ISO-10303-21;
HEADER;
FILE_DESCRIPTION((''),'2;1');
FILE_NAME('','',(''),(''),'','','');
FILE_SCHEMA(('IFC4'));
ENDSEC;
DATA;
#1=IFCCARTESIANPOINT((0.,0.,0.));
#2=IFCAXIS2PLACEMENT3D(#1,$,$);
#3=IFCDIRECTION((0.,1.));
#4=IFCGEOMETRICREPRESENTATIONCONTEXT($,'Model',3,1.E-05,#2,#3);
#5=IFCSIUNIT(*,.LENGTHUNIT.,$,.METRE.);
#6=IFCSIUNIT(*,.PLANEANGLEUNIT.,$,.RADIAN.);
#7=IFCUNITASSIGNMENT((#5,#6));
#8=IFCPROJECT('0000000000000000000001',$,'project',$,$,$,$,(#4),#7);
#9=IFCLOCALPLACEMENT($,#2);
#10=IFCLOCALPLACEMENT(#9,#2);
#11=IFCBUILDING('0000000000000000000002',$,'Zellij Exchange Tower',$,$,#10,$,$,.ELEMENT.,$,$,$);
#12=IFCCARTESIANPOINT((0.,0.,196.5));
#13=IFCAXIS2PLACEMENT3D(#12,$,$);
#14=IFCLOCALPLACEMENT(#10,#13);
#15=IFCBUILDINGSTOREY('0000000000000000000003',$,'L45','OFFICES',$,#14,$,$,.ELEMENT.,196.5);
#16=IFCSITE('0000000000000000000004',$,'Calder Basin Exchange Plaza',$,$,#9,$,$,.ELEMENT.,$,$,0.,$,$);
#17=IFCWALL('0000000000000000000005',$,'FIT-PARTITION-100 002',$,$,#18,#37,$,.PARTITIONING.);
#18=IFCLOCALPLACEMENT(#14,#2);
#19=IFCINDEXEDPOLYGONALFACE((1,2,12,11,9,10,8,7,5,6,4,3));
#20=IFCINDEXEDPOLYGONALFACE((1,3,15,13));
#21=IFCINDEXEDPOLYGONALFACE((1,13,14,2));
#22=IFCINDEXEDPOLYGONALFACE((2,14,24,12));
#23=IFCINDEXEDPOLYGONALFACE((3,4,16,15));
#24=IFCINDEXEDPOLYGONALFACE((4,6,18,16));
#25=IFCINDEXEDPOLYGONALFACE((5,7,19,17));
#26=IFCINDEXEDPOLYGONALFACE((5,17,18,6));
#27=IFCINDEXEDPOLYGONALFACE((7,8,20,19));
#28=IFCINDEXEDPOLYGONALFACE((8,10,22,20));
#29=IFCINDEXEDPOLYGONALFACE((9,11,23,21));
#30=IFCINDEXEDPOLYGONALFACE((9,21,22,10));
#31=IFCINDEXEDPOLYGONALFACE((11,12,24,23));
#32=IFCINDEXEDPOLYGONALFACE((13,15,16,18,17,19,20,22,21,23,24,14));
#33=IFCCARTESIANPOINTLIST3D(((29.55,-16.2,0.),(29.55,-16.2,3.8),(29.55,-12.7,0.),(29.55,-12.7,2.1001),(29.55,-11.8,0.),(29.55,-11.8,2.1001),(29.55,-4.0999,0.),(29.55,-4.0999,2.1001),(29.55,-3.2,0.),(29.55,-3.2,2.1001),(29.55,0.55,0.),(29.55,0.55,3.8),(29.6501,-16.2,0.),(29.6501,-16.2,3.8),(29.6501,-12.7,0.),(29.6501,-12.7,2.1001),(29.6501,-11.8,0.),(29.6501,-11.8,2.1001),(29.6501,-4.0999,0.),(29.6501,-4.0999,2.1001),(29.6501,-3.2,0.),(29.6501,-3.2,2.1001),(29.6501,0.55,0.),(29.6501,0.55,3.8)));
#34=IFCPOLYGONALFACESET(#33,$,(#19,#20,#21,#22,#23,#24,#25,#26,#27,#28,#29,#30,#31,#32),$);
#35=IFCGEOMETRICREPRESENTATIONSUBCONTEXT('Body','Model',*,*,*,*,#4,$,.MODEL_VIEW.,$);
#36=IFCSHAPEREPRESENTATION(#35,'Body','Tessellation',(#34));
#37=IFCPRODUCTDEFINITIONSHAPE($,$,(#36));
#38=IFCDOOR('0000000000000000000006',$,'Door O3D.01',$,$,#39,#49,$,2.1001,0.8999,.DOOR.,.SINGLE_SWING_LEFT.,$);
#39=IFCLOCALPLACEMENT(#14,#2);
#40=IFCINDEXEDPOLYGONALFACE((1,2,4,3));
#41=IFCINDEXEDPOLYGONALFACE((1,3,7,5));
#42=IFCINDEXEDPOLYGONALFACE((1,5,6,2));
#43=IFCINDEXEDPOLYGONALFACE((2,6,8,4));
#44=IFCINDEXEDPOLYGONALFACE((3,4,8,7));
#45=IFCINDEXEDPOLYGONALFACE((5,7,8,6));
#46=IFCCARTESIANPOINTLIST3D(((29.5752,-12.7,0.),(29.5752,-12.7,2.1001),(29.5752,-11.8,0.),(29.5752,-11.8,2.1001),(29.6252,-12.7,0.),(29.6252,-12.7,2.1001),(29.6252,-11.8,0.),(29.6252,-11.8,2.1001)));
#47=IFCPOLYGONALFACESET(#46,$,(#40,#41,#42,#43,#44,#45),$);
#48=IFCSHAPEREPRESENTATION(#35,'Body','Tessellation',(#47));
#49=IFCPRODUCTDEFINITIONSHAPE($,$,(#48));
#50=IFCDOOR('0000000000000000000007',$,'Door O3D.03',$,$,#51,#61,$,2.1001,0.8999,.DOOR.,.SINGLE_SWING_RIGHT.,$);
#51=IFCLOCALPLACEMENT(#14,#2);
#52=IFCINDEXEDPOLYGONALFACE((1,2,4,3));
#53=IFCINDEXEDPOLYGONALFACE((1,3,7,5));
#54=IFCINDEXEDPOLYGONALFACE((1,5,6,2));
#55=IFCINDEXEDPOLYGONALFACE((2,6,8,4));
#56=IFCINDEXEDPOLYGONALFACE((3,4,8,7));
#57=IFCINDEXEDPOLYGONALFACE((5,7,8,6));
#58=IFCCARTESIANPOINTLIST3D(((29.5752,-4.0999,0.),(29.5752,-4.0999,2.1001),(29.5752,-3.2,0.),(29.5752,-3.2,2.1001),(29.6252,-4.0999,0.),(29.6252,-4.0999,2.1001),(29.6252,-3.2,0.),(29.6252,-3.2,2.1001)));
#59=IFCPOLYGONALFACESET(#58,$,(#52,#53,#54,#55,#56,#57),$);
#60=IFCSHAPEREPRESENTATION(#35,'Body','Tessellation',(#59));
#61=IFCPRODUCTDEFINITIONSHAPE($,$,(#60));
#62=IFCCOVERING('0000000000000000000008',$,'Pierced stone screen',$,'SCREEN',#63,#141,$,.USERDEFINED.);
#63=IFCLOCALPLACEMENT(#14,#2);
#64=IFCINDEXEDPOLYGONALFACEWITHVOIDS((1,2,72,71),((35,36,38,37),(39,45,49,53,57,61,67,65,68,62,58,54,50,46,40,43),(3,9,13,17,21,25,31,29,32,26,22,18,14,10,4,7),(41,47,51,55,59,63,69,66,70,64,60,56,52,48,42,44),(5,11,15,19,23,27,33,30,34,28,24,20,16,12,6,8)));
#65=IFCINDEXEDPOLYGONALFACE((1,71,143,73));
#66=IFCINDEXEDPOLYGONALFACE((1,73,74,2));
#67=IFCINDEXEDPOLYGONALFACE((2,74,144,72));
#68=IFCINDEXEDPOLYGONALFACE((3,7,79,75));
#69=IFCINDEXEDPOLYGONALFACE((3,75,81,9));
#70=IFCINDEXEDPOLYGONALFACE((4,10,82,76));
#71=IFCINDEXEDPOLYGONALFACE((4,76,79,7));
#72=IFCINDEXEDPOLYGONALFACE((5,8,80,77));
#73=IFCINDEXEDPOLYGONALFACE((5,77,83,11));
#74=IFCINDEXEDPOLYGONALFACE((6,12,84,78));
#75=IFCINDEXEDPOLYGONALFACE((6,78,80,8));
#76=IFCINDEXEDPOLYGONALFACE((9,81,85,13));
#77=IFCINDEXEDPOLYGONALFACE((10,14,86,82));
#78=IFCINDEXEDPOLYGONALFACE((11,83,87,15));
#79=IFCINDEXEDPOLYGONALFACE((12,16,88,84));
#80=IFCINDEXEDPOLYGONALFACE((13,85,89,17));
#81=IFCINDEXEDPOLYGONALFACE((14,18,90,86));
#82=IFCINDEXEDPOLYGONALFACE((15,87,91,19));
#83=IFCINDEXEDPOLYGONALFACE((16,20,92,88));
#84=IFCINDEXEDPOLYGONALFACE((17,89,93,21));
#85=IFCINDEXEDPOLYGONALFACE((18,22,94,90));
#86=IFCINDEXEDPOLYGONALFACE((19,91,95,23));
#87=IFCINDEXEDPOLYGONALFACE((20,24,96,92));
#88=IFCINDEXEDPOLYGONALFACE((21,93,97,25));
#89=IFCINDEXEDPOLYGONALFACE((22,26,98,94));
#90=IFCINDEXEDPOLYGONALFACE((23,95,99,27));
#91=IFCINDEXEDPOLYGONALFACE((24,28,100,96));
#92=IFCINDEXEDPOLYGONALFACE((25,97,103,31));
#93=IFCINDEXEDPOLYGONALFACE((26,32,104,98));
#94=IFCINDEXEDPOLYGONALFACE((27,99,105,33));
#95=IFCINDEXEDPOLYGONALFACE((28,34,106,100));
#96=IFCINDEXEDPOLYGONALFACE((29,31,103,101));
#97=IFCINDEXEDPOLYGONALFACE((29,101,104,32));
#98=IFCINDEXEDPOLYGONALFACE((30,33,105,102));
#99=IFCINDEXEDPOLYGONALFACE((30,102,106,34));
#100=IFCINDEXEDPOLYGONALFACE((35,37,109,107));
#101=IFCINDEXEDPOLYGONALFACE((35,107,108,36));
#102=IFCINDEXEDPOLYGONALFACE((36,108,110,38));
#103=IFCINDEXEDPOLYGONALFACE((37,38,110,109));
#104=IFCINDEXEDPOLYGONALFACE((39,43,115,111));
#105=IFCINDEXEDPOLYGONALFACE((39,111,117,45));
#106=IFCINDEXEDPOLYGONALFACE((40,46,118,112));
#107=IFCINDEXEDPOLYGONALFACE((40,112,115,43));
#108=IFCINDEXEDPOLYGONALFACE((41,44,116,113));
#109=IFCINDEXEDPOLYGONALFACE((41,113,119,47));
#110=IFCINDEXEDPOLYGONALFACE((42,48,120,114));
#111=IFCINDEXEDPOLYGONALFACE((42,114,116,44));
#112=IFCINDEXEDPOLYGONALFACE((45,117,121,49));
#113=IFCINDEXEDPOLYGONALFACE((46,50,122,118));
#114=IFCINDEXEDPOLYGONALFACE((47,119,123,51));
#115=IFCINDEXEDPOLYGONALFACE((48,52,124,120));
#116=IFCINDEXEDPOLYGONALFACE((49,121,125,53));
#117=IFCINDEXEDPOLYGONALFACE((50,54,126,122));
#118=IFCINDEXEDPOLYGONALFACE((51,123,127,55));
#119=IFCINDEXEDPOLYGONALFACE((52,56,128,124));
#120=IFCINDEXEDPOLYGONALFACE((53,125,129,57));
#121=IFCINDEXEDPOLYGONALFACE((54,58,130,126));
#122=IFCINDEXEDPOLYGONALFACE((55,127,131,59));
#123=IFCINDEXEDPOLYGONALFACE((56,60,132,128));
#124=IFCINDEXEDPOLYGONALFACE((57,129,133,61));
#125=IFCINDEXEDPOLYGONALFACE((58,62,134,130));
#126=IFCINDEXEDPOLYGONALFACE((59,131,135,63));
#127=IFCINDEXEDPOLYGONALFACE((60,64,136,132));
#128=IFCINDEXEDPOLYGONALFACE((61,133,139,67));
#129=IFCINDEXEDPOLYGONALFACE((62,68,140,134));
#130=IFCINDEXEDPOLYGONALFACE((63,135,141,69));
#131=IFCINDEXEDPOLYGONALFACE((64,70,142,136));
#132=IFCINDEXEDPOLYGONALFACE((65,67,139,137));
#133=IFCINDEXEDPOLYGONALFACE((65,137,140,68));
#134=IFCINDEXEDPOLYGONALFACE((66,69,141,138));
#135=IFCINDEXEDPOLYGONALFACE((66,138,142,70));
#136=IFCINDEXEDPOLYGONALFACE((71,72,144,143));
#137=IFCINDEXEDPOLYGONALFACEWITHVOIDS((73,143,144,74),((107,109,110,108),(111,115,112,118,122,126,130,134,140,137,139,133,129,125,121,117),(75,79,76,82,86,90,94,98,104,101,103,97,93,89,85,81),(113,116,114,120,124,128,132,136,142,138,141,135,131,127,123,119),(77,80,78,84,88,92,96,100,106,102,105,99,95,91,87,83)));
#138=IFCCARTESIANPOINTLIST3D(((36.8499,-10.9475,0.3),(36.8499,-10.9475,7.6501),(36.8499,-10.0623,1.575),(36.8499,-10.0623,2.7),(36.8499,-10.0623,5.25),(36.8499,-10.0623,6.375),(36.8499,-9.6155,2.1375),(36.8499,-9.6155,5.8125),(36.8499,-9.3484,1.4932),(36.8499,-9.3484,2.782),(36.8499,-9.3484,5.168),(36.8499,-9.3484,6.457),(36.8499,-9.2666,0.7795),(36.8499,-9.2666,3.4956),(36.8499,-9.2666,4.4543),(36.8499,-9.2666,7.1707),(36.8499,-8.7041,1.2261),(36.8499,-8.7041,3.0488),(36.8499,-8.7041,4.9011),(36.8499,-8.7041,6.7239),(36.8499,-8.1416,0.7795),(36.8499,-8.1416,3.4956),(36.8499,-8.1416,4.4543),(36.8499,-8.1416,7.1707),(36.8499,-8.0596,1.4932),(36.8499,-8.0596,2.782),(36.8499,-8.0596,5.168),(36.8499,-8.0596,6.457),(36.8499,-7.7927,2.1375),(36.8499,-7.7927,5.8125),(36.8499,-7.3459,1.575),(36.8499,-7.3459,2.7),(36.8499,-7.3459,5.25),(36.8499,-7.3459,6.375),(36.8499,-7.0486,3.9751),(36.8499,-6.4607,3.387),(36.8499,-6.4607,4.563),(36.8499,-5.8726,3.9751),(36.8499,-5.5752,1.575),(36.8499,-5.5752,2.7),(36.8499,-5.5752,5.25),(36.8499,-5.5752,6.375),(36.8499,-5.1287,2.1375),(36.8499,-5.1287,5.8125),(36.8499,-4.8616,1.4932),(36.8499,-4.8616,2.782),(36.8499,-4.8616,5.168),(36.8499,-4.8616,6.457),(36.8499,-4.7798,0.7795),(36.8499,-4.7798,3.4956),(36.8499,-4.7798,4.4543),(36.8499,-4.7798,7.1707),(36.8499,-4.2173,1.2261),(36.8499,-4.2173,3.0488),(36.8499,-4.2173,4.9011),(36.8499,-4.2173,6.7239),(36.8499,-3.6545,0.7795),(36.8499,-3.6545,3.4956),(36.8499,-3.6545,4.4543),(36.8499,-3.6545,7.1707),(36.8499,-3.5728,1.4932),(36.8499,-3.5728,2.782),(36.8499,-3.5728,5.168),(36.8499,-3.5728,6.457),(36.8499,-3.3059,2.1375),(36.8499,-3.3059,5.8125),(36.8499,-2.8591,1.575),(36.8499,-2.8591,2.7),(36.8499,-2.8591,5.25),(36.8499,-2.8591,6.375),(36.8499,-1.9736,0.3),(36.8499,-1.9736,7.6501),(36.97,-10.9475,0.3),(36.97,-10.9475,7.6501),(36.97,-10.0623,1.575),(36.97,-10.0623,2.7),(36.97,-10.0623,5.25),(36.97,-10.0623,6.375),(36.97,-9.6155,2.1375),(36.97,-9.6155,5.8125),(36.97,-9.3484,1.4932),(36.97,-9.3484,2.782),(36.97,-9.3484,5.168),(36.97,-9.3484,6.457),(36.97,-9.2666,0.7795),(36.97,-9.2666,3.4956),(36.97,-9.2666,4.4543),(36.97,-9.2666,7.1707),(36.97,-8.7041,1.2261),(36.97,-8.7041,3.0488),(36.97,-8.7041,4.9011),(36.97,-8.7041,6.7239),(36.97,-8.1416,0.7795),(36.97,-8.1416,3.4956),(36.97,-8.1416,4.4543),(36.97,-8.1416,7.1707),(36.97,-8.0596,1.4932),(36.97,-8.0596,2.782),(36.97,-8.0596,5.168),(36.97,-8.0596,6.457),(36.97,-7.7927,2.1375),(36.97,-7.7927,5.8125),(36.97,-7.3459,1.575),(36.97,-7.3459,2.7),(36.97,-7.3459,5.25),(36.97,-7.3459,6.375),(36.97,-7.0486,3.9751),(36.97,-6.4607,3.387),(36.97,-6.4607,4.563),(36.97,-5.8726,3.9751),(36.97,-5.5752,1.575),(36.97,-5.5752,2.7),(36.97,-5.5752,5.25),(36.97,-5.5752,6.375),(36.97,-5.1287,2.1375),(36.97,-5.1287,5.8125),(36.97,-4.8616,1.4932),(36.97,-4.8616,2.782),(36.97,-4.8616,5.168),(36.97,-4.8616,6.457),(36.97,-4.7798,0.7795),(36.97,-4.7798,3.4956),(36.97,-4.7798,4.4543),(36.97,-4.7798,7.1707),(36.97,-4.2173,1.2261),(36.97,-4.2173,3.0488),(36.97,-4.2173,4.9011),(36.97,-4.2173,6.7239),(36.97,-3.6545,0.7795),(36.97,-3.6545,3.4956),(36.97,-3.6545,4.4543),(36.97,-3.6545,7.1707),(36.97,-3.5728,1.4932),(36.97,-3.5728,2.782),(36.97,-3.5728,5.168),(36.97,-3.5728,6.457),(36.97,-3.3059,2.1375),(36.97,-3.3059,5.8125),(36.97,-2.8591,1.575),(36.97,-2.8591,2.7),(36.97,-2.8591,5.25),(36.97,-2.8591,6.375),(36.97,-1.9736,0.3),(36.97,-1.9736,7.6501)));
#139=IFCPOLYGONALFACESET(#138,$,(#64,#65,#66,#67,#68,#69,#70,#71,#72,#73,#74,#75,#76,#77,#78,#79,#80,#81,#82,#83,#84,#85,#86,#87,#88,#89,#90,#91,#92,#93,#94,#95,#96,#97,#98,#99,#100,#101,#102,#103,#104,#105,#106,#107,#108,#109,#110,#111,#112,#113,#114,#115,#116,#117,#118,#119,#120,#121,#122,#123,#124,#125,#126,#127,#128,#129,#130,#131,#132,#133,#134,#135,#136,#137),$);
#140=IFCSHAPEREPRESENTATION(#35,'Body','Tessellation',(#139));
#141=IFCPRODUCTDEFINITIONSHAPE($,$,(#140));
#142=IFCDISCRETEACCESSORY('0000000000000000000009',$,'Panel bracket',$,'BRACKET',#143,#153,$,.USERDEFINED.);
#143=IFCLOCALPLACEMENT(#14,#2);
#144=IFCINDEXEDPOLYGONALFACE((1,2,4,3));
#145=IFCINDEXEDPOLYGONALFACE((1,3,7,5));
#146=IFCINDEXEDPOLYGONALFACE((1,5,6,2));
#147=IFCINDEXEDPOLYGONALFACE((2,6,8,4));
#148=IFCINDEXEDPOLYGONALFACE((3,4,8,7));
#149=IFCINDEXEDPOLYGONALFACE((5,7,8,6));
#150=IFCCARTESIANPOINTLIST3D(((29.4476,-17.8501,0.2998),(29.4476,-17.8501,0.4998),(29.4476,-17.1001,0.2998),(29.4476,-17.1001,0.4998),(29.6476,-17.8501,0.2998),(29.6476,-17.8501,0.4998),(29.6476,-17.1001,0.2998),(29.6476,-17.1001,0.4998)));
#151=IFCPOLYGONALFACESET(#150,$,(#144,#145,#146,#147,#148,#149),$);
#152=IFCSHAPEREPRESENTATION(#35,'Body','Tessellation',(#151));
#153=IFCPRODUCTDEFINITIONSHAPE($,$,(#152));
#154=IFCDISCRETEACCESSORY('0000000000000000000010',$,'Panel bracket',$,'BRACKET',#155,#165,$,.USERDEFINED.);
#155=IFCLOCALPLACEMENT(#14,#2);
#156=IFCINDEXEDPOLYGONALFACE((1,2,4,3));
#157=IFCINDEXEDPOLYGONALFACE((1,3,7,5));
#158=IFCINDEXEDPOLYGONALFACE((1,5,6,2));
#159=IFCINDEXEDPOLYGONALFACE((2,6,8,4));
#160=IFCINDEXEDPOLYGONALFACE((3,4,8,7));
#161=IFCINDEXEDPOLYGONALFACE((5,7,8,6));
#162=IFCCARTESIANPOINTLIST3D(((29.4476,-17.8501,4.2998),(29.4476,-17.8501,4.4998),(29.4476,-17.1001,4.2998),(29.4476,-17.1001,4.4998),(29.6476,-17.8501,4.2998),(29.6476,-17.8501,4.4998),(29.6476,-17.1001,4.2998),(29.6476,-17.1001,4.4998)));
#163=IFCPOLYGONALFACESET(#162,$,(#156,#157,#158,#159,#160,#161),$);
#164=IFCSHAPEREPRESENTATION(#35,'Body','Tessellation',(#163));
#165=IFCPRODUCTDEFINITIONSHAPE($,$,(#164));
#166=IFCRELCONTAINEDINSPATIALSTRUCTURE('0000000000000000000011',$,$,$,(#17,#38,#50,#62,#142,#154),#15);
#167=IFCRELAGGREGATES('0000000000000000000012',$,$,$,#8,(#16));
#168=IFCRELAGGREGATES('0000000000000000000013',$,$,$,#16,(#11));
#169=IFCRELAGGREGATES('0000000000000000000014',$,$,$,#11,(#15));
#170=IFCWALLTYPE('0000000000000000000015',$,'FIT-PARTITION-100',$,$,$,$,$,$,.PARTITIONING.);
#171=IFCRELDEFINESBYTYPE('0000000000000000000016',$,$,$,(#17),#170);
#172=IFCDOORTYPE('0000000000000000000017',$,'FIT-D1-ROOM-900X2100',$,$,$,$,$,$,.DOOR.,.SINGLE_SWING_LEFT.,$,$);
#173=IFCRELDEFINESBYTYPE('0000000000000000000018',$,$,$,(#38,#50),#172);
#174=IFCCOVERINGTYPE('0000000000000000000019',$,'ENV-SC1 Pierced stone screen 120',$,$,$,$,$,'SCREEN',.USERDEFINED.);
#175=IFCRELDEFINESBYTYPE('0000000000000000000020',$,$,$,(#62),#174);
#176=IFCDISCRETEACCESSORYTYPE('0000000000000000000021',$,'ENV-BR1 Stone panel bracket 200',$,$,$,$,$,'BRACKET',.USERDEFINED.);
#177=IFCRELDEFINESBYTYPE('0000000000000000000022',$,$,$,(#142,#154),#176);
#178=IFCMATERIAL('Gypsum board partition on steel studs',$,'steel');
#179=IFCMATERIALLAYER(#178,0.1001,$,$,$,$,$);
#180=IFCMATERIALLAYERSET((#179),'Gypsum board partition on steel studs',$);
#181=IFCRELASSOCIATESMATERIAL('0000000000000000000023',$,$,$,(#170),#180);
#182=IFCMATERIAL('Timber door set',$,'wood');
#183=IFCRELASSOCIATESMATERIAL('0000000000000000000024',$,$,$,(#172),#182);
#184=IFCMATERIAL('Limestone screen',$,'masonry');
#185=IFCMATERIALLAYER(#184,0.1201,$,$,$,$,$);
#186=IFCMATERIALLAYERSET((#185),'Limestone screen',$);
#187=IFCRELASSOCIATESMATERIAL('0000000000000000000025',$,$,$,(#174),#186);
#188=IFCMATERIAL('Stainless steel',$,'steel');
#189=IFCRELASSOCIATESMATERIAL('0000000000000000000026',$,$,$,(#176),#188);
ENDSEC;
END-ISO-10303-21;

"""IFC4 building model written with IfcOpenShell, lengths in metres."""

from ifc_helpers import new_model, si_unit, direction, frame, frame_2d, origin, origin_2d, place, context, subcontext, project, spatial, polyline, rectangle, outline, extrude, material, layer, layer_set, type_object, element, fill, save


model = new_model("IFC4")

# Units and contexts
model_context = context("Model", 3, precision=1e-05, world=origin(), true_north=direction((0.0, 1.0)))
body_context = subcontext(model_context, "Body", "Model", "MODEL_VIEW")
ifc_project = project(units=[si_unit("LENGTHUNIT", "METRE"), si_unit("PLANEANGLEUNIT", "RADIAN")], contexts=[model_context])

# Site, building, storey
site_placement = place(None, origin())
site = spatial("IfcSite", under=ifc_project, at=site_placement, Name="Calder Basin Exchange Plaza", CompositionType="ELEMENT", RefElevation=0.0)
building_placement = place(site_placement, origin())
building = spatial("IfcBuilding", under=site, at=building_placement, Name="Zellij Exchange Tower", CompositionType="ELEMENT")
storey_placement = place(building_placement, frame((0.0, 0.0, 196.5)))
storey = spatial("IfcBuildingStorey", under=building, at=storey_placement, Name="L45", Description="OFFICES", CompositionType="ELEMENT", Elevation=196.5)

# Wall, openings, doors
ifc_material_1 = material(Name="Gypsum board partition on steel studs", Category="steel")
ifc_layer_1 = layer(ifc_material_1, 0.1001)
ifc_layer_set_1 = layer_set([ifc_layer_1], Name="Gypsum board partition on steel studs")
wall_type_1 = type_object("IfcWallType", Name="FIT-PARTITION-100", PredefinedType="PARTITIONING", material=ifc_layer_set_1)
wall_1_placement = place(storey_placement, frame((29.6001, -16.2, 0.0), z_axis=(0.0, 0.0, 1.0), x_axis=(0.0, 1.0, 0.0)))
wall_1 = element("IfcWall", 1, at=wall_1_placement, inside=storey, type_object=wall_type_1, Name="FIT-PARTITION-100 002", PredefinedType="PARTITIONING", context=body_context, shape_type="SweptSolid", body=[
    extrude(rectangle(XDim=16.75, YDim=0.1001, at=frame_2d((8.375, 0.0))), origin(), (0.0, 0.0, 1.0), 3.8),
])
opening_1_placement = place(wall_1_placement, frame((3.5, 0.0, 0.0)))
opening_1 = element("IfcOpeningElement", 2, at=opening_1_placement, cuts=wall_1, PredefinedType="OPENING", context=body_context, shape_type="SweptSolid", body=[
    extrude(rectangle(XDim=0.8999, YDim=2.1001, at=frame_2d((0.45, 1.05))), frame((0.0, 0.062, 0.0), z_axis=(0.0, -1.0, 0.0), x_axis=(1.0, 0.0, 0.0)), (0.0, 0.0, 1.0), 0.124),
])
opening_2_placement = place(wall_1_placement, frame((12.1001, 0.0, 0.0)))
opening_2 = element("IfcOpeningElement", 3, at=opening_2_placement, cuts=wall_1, PredefinedType="OPENING", context=body_context, shape_type="SweptSolid", body=[
    extrude(rectangle(XDim=0.8999, YDim=2.1001, at=frame_2d((0.45, 1.05))), frame((0.0, 0.062, 0.0), z_axis=(0.0, -1.0, 0.0), x_axis=(1.0, 0.0, 0.0)), (0.0, 0.0, 1.0), 0.124),
])
ifc_material_2 = material(Name="Timber door set", Category="wood")
door_type = type_object("IfcDoorType", Name="FIT-D1-ROOM-900X2100", OperationType="SINGLE_SWING_LEFT", PredefinedType="DOOR", material=ifc_material_2)
door_1_placement = place(opening_1_placement, origin())
door_1 = element("IfcDoor", 4, at=door_1_placement, inside=storey, type_object=door_type, Name="Door O3D.01", OperationType="SINGLE_SWING_LEFT", OverallHeight=2.1001, OverallWidth=0.8999, PredefinedType="DOOR", context=body_context, shape_type="SweptSolid", body=[
    extrude(rectangle(XDim=0.8999, YDim=2.1001, at=frame_2d((0.45, 1.05))), frame((0.0, 0.0249, 0.0), z_axis=(0.0, -1.0, 0.0), x_axis=(1.0, 0.0, 0.0)), (0.0, 0.0, 1.0), 0.05),
])
fill(opening_1, door_1)
door_2_placement = place(opening_2_placement, origin())
door_2 = element("IfcDoor", 5, at=door_2_placement, inside=storey, type_object=door_type, Name="Door O3D.03", OperationType="SINGLE_SWING_RIGHT", OverallHeight=2.1001, OverallWidth=0.8999, PredefinedType="DOOR", context=body_context, shape_type="SweptSolid", body=[
    extrude(rectangle(XDim=0.8999, YDim=2.1001, at=frame_2d((0.45, 1.05))), frame((0.0, 0.0249, 0.0), z_axis=(0.0, -1.0, 0.0), x_axis=(1.0, 0.0, 0.0)), (0.0, 0.0, 1.0), 0.05),
])
fill(opening_2, door_2)

# Covering
ifc_material_3 = material(Name="Limestone screen", Category="masonry")
ifc_layer_2 = layer(ifc_material_3, 0.1201)
ifc_layer_set_2 = layer_set([ifc_layer_2], Name="Limestone screen")
covering_type = type_object("IfcCoveringType", Name="ENV-SC1 Pierced stone screen 120", ElementType="SCREEN", PredefinedType="USERDEFINED", material=ifc_layer_set_2)
covering_placement = place(storey_placement, frame((36.9099, -10.9475, 0.3), z_axis=(0.0, 0.0, 1.0), x_axis=(0.0, 1.0, 0.0)))
element("IfcCovering", 6, at=covering_placement, inside=storey, type_object=covering_type, Name="Pierced stone screen", ObjectType="SCREEN", PredefinedType="USERDEFINED", context=body_context, shape_type="SweptSolid", body=[
    extrude(outline(polyline([(0.0, 0.0), (8.9739, 0.0), (8.9739, 7.3501), (0.0, 7.3501), (0.0, 0.0)]), holes=[polyline([(3.6016, 2.3999), (2.8879, 2.4819), (2.8059, 3.1956), (2.2434, 2.7488), (1.6809, 3.1956), (1.5991, 2.4819), (0.8853, 2.3999), (1.332, 1.8374), (0.8853, 1.2749), (1.5991, 1.1931), (1.6809, 0.4795), (2.2434, 0.926), (2.8059, 0.4795), (2.8879, 1.1931), (3.6016, 1.2749), (3.1548, 1.8374), (3.6016, 2.3999)]), polyline([(3.6016, 6.075), (2.8879, 6.157), (2.8059, 6.8706), (2.2434, 6.4238), (1.6809, 6.8706), (1.5991, 6.157), (0.8853, 6.075), (1.332, 5.5125), (0.8853, 4.95), (1.5991, 4.8679), (1.6809, 4.1543), (2.2434, 4.6011), (2.8059, 4.1543), (2.8879, 4.8679), (3.6016, 4.95), (3.1548, 5.5125), (3.6016, 6.075)]), polyline([(8.0884, 2.3999), (7.3748, 2.4819), (7.293, 3.1956), (6.7302, 2.7488), (6.1677, 3.1956), (6.0859, 2.4819), (5.3723, 2.3999), (5.8188, 1.8374), (5.3723, 1.2749), (6.0859, 1.1931), (6.1677, 0.4795), (6.7302, 0.926), (7.293, 0.4795), (7.3748, 1.1931), (8.0884, 1.2749), (7.6416, 1.8374), (8.0884, 2.3999)]), polyline([(8.0884, 6.075), (7.3748, 6.157), (7.293, 6.8706), (6.7302, 6.4238), (6.1677, 6.8706), (6.0859, 6.157), (5.3723, 6.075), (5.8188, 5.5125), (5.3723, 4.95), (6.0859, 4.8679), (6.1677, 4.1543), (6.7302, 4.6011), (7.293, 4.1543), (7.3748, 4.8679), (8.0884, 4.95), (7.6416, 5.5125), (8.0884, 6.075)]), polyline([(5.075, 3.675), (4.4868, 4.2629), (3.8989, 3.675), (4.4868, 3.0869), (5.075, 3.675)])]), frame((0.0, 0.0601, 0.0), z_axis=(0.0, -1.0, 0.0), x_axis=(1.0, 0.0, 0.0)), (0.0, 0.0, 1.0), 0.1201),
])

# Discrete accessories
ifc_material_4 = material(Name="Stainless steel", Category="steel")
discrete_accessory_type = type_object("IfcDiscreteAccessoryType", Name="ENV-BR1 Stone panel bracket 200", ElementType="BRACKET", PredefinedType="USERDEFINED", material=ifc_material_4)
for number, where, z_axis, x_axis, name in (
    (7, (29.5476, -17.4751, 0.2998), (0.0, 0.0, 1.0), (1.0, 0.0, 0.0), "Panel bracket"),
    (8, (29.5476, -17.4751, 4.2998), (0.0, 0.0, 1.0), (1.0, 0.0, 0.0), "Panel bracket"),
):
    element("IfcDiscreteAccessory", number, at=place(storey_placement, frame(where, z_axis=z_axis, x_axis=x_axis)), inside=storey, type_object=discrete_accessory_type, Name=name, ObjectType="BRACKET", PredefinedType="USERDEFINED", context=body_context, shape_type="SweptSolid", body=[
        extrude(rectangle(XDim=0.2, YDim=0.75, at=origin_2d()), origin(), (0.0, 0.0, 1.0), 0.2),
    ])

save(model, "model.ifc")
